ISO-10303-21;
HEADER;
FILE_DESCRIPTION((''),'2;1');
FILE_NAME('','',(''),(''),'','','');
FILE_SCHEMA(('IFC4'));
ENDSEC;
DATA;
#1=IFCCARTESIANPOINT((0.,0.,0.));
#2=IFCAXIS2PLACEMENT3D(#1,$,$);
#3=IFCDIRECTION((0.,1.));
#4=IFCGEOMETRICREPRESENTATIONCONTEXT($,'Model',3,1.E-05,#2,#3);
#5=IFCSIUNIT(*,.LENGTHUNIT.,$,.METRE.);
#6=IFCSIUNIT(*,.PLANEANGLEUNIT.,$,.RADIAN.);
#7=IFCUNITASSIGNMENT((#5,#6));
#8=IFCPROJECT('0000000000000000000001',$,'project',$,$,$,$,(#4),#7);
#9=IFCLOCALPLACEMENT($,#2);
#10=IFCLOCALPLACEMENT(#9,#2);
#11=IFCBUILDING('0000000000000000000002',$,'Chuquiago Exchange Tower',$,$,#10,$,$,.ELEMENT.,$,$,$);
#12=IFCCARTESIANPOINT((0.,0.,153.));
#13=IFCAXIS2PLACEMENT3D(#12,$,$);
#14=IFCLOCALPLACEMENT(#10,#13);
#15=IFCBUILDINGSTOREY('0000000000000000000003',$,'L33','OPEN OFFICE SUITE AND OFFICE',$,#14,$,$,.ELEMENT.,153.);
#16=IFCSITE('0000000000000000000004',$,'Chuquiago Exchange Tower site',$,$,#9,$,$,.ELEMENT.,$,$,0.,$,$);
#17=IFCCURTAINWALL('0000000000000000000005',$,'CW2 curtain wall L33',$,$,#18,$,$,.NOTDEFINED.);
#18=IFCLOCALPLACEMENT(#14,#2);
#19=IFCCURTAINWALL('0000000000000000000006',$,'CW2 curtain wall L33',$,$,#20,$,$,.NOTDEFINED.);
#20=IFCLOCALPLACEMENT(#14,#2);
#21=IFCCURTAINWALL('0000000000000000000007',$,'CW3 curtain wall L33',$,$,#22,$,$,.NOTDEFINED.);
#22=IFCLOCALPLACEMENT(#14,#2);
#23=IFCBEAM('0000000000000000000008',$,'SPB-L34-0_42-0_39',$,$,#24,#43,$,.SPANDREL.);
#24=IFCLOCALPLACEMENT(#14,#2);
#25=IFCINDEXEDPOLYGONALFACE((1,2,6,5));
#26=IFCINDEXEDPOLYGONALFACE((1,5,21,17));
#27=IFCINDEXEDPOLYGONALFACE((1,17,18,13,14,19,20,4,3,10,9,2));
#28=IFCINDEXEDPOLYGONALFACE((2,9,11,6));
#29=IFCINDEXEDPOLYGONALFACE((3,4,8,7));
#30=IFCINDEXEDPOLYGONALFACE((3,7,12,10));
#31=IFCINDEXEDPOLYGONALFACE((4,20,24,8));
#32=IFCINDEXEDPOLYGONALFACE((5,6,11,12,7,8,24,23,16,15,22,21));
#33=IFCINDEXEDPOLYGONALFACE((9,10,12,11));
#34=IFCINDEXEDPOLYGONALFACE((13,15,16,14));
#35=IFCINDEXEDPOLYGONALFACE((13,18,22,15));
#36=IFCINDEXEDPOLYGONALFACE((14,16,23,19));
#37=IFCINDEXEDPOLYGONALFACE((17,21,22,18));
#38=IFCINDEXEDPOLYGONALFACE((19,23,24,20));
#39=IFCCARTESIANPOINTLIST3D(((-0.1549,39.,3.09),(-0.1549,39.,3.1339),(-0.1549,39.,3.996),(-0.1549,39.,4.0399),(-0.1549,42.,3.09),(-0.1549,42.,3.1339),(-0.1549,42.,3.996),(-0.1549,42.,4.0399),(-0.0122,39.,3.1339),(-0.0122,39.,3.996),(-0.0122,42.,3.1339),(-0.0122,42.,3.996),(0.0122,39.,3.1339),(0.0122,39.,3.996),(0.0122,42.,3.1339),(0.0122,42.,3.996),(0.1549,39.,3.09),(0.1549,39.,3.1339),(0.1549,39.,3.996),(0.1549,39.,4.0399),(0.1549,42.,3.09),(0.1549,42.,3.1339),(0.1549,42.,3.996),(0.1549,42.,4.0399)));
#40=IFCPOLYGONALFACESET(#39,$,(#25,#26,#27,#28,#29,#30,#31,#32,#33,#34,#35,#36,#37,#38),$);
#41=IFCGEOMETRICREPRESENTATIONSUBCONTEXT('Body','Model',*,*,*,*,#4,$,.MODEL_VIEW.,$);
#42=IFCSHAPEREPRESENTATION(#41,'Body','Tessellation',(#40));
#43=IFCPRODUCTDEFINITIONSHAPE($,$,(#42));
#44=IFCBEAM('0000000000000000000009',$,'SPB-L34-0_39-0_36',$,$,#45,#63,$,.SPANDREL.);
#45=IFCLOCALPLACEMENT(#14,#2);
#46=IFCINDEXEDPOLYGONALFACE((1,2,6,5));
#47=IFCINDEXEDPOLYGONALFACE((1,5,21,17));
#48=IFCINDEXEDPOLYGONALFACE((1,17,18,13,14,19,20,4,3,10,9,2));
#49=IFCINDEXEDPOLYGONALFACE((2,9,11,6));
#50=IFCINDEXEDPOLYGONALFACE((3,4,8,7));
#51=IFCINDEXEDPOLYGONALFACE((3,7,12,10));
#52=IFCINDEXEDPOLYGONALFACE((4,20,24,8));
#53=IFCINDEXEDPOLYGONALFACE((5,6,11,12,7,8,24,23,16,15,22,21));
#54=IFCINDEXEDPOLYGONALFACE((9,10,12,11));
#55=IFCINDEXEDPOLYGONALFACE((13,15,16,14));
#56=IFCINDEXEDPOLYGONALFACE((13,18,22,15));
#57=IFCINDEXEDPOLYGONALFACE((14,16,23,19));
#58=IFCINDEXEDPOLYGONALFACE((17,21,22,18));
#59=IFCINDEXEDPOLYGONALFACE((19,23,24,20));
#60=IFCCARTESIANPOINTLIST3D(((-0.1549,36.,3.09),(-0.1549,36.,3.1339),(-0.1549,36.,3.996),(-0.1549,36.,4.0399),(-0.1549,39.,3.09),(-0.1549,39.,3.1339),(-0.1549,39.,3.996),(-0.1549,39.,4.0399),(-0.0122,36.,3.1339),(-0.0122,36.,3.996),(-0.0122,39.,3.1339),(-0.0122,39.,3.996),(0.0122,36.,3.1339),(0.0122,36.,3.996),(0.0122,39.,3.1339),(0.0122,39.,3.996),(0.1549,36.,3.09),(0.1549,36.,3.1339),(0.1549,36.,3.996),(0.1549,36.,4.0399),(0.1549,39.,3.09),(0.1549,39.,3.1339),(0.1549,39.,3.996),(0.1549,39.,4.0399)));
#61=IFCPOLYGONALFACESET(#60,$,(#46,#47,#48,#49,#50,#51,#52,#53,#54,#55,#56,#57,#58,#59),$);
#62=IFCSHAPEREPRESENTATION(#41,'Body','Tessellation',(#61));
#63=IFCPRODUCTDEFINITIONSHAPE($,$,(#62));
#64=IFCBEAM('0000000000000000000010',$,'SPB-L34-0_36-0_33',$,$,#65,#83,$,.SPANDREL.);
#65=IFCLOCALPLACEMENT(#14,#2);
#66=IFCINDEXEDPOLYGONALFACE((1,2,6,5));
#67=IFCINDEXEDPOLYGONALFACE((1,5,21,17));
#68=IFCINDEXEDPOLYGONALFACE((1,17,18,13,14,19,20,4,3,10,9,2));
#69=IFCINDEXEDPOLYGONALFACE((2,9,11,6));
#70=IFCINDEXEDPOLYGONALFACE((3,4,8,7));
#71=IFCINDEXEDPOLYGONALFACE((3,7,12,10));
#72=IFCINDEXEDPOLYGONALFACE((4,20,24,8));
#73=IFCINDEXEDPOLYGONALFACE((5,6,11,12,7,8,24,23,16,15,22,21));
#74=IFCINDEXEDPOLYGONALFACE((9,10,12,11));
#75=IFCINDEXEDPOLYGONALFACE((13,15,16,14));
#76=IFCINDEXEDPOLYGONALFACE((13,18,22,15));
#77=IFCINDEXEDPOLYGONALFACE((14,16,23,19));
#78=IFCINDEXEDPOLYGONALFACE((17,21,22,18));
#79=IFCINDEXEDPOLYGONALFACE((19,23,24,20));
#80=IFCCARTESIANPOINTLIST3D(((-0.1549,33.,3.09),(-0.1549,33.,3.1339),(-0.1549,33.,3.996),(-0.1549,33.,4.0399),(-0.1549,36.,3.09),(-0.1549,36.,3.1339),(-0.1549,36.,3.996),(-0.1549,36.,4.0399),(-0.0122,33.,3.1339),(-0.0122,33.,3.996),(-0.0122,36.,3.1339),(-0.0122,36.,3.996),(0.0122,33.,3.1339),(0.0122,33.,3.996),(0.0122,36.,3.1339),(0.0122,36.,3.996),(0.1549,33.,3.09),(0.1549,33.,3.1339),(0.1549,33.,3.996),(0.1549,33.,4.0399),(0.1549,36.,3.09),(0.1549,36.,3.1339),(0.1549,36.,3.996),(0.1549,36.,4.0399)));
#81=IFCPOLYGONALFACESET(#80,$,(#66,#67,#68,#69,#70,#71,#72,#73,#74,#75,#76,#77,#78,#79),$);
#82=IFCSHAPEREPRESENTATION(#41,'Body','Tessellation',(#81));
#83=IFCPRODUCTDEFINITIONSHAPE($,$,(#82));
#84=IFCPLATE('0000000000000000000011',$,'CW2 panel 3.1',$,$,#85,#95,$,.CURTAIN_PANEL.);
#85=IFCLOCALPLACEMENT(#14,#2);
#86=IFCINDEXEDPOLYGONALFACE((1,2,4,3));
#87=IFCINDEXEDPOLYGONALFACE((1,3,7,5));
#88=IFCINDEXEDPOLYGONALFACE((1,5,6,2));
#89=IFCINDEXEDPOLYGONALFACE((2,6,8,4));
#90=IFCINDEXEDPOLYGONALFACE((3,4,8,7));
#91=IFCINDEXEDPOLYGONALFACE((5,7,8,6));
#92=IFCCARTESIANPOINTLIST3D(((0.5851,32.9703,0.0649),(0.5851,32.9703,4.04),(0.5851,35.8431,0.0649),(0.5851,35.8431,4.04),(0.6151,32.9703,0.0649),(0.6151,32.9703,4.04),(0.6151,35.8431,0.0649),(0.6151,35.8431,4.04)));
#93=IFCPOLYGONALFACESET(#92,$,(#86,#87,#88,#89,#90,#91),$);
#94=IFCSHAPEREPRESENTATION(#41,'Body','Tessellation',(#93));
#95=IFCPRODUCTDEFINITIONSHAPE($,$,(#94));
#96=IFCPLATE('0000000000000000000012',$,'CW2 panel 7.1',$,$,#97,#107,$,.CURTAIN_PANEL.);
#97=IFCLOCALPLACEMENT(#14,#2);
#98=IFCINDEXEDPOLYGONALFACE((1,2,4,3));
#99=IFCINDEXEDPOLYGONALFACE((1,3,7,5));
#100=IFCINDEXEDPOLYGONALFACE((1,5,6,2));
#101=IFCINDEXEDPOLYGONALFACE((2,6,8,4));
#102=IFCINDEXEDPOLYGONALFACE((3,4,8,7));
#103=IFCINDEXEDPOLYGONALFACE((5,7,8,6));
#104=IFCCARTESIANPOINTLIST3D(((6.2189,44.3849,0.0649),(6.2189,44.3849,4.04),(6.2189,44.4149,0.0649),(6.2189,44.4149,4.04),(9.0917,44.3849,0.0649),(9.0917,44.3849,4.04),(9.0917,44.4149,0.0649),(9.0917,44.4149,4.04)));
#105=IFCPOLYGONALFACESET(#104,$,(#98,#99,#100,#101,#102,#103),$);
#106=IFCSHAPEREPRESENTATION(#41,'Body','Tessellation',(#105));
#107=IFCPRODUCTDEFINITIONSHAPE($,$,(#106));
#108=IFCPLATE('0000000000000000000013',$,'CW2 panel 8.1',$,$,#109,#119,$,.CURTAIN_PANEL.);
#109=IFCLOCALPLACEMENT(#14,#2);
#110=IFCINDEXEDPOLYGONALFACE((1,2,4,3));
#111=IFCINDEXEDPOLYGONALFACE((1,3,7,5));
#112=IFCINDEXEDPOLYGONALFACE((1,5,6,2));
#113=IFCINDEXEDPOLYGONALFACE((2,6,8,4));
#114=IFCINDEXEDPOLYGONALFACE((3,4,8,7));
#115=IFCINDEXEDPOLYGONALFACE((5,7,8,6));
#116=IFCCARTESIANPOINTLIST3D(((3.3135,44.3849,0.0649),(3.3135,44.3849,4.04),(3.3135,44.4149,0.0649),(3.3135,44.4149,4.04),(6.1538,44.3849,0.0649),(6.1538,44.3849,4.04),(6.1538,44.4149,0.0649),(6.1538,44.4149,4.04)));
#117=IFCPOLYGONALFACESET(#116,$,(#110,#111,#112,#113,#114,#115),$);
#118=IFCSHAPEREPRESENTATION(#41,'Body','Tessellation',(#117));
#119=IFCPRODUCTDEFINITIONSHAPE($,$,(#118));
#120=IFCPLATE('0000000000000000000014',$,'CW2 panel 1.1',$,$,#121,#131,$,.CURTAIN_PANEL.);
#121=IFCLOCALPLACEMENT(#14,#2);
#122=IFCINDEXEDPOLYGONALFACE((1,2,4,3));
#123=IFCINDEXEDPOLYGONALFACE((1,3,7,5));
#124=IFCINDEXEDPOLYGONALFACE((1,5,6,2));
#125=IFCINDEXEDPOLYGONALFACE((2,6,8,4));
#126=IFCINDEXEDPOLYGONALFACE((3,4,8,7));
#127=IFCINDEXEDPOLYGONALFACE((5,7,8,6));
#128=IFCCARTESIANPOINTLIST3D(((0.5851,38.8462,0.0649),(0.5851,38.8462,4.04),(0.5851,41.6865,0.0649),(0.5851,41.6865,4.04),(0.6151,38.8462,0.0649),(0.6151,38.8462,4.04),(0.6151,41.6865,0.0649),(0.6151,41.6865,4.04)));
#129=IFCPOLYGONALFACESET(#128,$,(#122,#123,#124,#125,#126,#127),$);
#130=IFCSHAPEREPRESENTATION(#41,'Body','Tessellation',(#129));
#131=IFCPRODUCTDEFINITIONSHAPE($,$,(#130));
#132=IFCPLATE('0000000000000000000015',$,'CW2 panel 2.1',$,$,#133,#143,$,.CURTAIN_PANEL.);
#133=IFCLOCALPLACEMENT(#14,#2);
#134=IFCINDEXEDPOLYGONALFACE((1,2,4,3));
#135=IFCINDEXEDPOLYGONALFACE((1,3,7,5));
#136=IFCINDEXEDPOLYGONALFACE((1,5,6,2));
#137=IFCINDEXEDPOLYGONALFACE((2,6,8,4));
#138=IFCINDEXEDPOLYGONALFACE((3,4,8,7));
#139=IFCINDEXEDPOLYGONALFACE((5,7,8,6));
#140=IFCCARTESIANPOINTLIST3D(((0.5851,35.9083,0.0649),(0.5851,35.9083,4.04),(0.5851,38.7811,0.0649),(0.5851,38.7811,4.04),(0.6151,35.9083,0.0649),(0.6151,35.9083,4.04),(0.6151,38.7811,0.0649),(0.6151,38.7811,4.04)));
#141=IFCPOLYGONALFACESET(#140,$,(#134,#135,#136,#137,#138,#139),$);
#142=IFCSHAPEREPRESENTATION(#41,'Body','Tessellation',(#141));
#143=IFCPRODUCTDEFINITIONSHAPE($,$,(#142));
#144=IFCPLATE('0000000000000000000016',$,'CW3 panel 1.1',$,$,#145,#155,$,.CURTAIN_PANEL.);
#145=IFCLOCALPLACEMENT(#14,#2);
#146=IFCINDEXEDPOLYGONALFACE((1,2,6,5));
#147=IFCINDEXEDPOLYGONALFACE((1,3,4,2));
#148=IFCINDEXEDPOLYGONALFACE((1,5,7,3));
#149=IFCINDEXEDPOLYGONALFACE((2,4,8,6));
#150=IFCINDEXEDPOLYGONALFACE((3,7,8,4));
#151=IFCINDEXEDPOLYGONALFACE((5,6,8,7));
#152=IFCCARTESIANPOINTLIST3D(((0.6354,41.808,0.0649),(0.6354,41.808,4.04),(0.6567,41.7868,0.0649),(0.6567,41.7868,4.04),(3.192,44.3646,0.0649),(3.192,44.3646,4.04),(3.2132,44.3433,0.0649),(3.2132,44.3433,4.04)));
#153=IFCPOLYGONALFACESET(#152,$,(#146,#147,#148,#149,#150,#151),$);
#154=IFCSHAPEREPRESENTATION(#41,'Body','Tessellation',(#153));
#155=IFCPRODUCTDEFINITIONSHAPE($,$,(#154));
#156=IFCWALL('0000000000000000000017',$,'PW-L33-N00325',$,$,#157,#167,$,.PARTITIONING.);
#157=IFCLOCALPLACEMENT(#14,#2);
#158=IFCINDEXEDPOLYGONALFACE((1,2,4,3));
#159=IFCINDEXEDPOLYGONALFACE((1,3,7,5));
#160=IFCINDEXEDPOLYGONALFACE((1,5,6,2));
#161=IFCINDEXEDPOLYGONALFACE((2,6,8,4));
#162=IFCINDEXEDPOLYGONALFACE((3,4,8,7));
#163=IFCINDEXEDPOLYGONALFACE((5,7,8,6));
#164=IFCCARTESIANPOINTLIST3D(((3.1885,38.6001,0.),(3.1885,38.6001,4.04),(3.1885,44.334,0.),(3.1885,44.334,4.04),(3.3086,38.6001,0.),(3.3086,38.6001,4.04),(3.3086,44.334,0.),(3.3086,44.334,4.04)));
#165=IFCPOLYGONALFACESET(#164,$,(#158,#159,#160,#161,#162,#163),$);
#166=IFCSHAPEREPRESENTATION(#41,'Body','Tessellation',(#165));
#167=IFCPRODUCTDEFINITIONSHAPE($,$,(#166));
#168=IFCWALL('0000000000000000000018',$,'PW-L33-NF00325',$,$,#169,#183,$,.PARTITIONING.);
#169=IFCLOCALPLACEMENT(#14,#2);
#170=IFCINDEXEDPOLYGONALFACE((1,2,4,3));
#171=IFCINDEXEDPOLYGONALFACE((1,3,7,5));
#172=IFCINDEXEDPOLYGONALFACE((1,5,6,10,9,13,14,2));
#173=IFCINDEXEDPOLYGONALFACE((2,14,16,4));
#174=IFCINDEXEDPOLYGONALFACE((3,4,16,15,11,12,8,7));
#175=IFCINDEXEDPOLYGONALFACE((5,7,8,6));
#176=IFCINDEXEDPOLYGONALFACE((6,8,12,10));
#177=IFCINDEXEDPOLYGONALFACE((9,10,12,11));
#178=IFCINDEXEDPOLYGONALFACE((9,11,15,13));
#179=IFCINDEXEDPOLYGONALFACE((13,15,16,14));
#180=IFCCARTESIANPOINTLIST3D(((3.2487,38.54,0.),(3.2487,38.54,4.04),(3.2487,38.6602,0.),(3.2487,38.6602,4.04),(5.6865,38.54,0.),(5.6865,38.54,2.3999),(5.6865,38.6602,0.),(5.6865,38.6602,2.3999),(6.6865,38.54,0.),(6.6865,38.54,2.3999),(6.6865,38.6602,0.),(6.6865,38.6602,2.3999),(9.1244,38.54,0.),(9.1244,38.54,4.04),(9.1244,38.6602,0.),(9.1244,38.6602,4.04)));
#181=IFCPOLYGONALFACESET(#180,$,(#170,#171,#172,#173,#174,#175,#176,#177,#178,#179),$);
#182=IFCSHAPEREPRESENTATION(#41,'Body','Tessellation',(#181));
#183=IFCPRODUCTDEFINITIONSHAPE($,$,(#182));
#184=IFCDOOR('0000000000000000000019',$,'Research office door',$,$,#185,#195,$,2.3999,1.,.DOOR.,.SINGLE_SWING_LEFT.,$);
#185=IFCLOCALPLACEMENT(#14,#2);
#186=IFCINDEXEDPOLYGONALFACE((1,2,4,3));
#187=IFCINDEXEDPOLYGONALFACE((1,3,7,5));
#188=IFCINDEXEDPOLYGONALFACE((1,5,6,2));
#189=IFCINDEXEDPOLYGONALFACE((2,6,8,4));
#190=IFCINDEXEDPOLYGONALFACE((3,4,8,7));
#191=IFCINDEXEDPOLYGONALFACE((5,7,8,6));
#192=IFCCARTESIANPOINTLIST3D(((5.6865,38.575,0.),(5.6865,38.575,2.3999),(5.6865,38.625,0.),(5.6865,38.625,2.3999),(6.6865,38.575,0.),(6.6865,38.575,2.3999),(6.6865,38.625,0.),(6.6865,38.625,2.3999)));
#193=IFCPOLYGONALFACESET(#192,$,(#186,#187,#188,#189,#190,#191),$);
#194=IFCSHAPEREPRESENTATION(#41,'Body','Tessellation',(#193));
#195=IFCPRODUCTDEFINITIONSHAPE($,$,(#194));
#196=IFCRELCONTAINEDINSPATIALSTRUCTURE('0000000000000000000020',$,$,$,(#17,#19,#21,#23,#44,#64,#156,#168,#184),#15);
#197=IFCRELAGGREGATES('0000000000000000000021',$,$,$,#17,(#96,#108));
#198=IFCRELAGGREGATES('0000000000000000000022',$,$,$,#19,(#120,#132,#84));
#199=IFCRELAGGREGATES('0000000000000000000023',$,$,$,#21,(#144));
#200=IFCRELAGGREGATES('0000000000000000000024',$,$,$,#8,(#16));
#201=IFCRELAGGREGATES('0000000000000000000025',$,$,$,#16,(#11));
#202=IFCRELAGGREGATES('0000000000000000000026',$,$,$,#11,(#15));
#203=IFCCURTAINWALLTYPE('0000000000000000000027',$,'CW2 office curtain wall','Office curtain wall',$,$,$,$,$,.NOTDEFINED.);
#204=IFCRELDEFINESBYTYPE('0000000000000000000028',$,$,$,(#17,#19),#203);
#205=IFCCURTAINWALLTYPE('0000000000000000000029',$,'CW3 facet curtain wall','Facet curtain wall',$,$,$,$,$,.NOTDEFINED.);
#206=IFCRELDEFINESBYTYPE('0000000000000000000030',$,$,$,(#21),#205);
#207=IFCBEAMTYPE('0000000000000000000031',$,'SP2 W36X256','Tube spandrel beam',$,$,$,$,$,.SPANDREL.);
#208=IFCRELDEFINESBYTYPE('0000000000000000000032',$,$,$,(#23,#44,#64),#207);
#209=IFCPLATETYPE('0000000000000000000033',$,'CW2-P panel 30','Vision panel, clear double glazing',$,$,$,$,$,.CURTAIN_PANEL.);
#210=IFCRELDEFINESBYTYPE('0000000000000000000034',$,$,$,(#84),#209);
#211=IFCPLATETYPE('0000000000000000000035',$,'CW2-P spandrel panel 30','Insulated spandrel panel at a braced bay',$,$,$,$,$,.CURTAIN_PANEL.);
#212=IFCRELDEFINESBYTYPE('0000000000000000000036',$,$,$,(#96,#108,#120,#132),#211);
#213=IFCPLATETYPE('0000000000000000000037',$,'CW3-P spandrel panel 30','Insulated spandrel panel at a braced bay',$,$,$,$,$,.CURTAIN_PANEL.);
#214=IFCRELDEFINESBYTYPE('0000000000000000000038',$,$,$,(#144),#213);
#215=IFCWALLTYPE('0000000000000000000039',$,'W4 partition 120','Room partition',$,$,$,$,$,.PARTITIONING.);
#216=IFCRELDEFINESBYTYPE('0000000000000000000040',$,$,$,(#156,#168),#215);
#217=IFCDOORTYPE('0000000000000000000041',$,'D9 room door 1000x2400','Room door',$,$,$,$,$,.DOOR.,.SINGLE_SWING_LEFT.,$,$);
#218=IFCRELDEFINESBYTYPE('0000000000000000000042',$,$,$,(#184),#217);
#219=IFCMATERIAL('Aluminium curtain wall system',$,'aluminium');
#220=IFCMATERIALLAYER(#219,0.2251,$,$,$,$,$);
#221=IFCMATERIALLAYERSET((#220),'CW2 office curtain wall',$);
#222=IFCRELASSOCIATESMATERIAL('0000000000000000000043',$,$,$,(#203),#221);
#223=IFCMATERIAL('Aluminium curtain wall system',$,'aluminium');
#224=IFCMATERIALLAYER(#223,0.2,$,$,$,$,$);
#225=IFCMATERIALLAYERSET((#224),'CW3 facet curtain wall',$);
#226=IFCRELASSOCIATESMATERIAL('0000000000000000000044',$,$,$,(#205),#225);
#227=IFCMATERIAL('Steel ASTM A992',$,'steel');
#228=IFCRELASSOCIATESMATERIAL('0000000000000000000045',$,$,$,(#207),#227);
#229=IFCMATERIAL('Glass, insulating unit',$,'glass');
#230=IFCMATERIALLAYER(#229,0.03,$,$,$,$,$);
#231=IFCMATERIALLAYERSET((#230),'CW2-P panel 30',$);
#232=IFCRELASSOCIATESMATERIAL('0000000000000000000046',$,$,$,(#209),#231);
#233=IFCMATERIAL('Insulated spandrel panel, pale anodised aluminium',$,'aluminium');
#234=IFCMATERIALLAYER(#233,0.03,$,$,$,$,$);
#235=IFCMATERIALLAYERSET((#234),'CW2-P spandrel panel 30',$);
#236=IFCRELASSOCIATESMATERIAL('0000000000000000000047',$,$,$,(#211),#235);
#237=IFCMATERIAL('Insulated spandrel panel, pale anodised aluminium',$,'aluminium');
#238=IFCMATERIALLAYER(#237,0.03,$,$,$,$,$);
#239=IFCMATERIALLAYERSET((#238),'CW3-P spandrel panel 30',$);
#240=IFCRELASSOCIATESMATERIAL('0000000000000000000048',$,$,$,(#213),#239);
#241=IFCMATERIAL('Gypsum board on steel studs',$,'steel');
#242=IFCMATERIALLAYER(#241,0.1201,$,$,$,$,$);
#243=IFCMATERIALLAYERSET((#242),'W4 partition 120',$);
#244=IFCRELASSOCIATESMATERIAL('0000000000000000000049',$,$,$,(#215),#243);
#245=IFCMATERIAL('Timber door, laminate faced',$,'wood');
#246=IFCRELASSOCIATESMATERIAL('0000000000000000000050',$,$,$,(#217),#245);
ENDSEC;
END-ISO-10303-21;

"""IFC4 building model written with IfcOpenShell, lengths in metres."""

from ifc_helpers import new_model, si_unit, direction, frame, frame_2d, origin, origin_2d, place, context, subcontext, project, spatial, rectangle, i_section, extrude, material, layer, layer_set, material_profile, profile_set, type_object, element, fill, aggregate, save


model = new_model("IFC4")

# Units and contexts
model_context = context("Model", 3, precision=1e-05, world=origin(), true_north=direction((0.0, 1.0)))
body_context = subcontext(model_context, "Body", "Model", "MODEL_VIEW")
ifc_project = project(units=[si_unit("LENGTHUNIT", "METRE"), si_unit("PLANEANGLEUNIT", "RADIAN")], contexts=[model_context])

# Site, building, storey
site_placement = place(None, origin())
site = spatial("IfcSite", under=ifc_project, at=site_placement, Name="Chuquiago Exchange Tower site", CompositionType="ELEMENT", RefElevation=0.0)
building_placement = place(site_placement, origin())
building = spatial("IfcBuilding", under=site, at=building_placement, Name="Chuquiago Exchange Tower", CompositionType="ELEMENT")
storey_placement = place(building_placement, frame((0.0, 0.0, 153.0)))
storey = spatial("IfcBuildingStorey", under=building, at=storey_placement, Name="L33", Description="OPEN OFFICE SUITE AND OFFICE", CompositionType="ELEMENT", Elevation=153.0)

# Curtain walls
ifc_material_1 = material(Name="Aluminium curtain wall system", Category="aluminium")
ifc_layer_1 = layer(ifc_material_1, 0.2251)
ifc_layer_set_1 = layer_set([ifc_layer_1], Name="CW2 office curtain wall")
curtain_wall_type_1 = type_object("IfcCurtainWallType", Name="CW2 office curtain wall", Description="Office curtain wall", PredefinedType="NOTDEFINED", material=ifc_layer_set_1)
curtain_wall_1_placement = place(storey_placement, origin())
curtain_wall_1 = element("IfcCurtainWall", 1, at=curtain_wall_1_placement, inside=storey, type_object=curtain_wall_type_1, Name="CW2 curtain wall L33", PredefinedType="NOTDEFINED")
curtain_wall_2_placement = place(storey_placement, origin())
curtain_wall_2 = element("IfcCurtainWall", 2, at=curtain_wall_2_placement, inside=storey, type_object=curtain_wall_type_1, Name="CW2 curtain wall L33", PredefinedType="NOTDEFINED")

# Curtain wall
ifc_material_2 = material(Name="Aluminium curtain wall system", Category="aluminium")
ifc_layer_2 = layer(ifc_material_2, 0.2)
ifc_layer_set_2 = layer_set([ifc_layer_2], Name="CW3 facet curtain wall")
curtain_wall_type_2 = type_object("IfcCurtainWallType", Name="CW3 facet curtain wall", Description="Facet curtain wall", PredefinedType="NOTDEFINED", material=ifc_layer_set_2)
curtain_wall_3_placement = place(storey_placement, origin())
curtain_wall_3 = element("IfcCurtainWall", 3, at=curtain_wall_3_placement, inside=storey, type_object=curtain_wall_type_2, Name="CW3 curtain wall L33", PredefinedType="NOTDEFINED")

# Beams
ifc_material_3 = material(Name="Steel ASTM A992", Category="steel")
ifc_material_profile_1 = material_profile(ifc_material_3, i_section(OverallWidth=0.3098, OverallDepth=0.95, WebThickness=0.0244, FlangeThickness=0.0439, at=origin_2d()), Name="W36X256")
ifc_profile_set_1 = profile_set([ifc_material_profile_1], Name="Steel ASTM A992")
beam_type = type_object("IfcBeamType", Name="SP2 W36X256", Description="Tube spandrel beam", PredefinedType="SPANDREL", material=ifc_profile_set_1)
for number, where, z_axis, x_axis, name in (
    (4, (0.0, 42.0, 3.5649), (0.0, -1.0, 0.0), (1.0, 0.0, 0.0), "SPB-L34-0_42-0_39"),
    (5, (0.0, 39.0, 3.5649), (0.0, -1.0, 0.0), (1.0, 0.0, 0.0), "SPB-L34-0_39-0_36"),
    (6, (0.0, 36.0, 3.5649), (0.0, -1.0, 0.0), (1.0, 0.0, 0.0), "SPB-L34-0_36-0_33"),
):
    element("IfcBeam", number, at=place(storey_placement, frame(where, z_axis=z_axis, x_axis=x_axis)), inside=storey, type_object=beam_type, Name=name, PredefinedType="SPANDREL", context=body_context, shape_type="SweptSolid", body=[
        extrude(i_section(OverallWidth=0.3098, OverallDepth=0.95, WebThickness=0.0244, FlangeThickness=0.0439, at=origin_2d()), origin(), (0.0, 0.0, 1.0), 3.0),
    ])

# Plates
ifc_material_4 = material(Name="Glass, insulating unit", Category="glass")
ifc_layer_3 = layer(ifc_material_4, 0.03)
ifc_layer_set_3 = layer_set([ifc_layer_3], Name="CW2-P panel 30")
plate_type_1 = type_object("IfcPlateType", Name="CW2-P panel 30", Description="Vision panel, clear double glazing", PredefinedType="CURTAIN_PANEL", material=ifc_layer_set_3)
plate_1_placement = place(storey_placement, frame((0.6001, 34.4067, 0.0649), z_axis=(0.0, 0.0, 1.0), x_axis=(0.0, -1.0, 0.0)))
plate_1 = element("IfcPlate", 7, at=plate_1_placement, type_object=plate_type_1, Name="CW2 panel 3.1", PredefinedType="CURTAIN_PANEL", context=body_context, shape_type="SweptSolid", body=[
    extrude(rectangle(XDim=2.8728, YDim=0.03, at=origin_2d()), origin(), (0.0, 0.0, 1.0), 3.9751),
])
ifc_material_5 = material(Name="Insulated spandrel panel, pale anodised aluminium", Category="aluminium")
ifc_layer_4 = layer(ifc_material_5, 0.03)
ifc_layer_set_4 = layer_set([ifc_layer_4], Name="CW2-P spandrel panel 30")
plate_type_2 = type_object("IfcPlateType", Name="CW2-P spandrel panel 30", Description="Insulated spandrel panel at a braced bay", PredefinedType="CURTAIN_PANEL", material=ifc_layer_set_4)
plate_2_placement = place(storey_placement, frame((7.6553, 44.3999, 0.0649), z_axis=(0.0, 0.0, 1.0), x_axis=(-1.0, 0.0, 0.0)))
plate_2 = element("IfcPlate", 8, at=plate_2_placement, type_object=plate_type_2, Name="CW2 panel 7.1", PredefinedType="CURTAIN_PANEL", context=body_context, shape_type="SweptSolid", body=[
    extrude(rectangle(XDim=2.8728, YDim=0.03, at=origin_2d()), origin(), (0.0, 0.0, 1.0), 3.9751),
])
plate_3_placement = place(storey_placement, frame((4.7336, 44.3999, 0.0649), z_axis=(0.0, 0.0, 1.0), x_axis=(-1.0, 0.0, 0.0)))
plate_3 = element("IfcPlate", 9, at=plate_3_placement, type_object=plate_type_2, Name="CW2 panel 8.1", PredefinedType="CURTAIN_PANEL", context=body_context, shape_type="SweptSolid", body=[
    extrude(rectangle(XDim=2.8403, YDim=0.03, at=origin_2d()), origin(), (0.0, 0.0, 1.0), 3.9751),
])
aggregate(curtain_wall_1, [plate_2, plate_3])
plate_4_placement = place(storey_placement, frame((0.6001, 40.2664, 0.0649), z_axis=(0.0, 0.0, 1.0), x_axis=(0.0, -1.0, 0.0)))
plate_4 = element("IfcPlate", 10, at=plate_4_placement, type_object=plate_type_2, Name="CW2 panel 1.1", PredefinedType="CURTAIN_PANEL", context=body_context, shape_type="SweptSolid", body=[
    extrude(rectangle(XDim=2.8403, YDim=0.03, at=origin_2d()), origin(), (0.0, 0.0, 1.0), 3.9751),
])
plate_5_placement = place(storey_placement, frame((0.6001, 37.3447, 0.0649), z_axis=(0.0, 0.0, 1.0), x_axis=(0.0, -1.0, 0.0)))
plate_5 = element("IfcPlate", 11, at=plate_5_placement, type_object=plate_type_2, Name="CW2 panel 2.1", PredefinedType="CURTAIN_PANEL", context=body_context, shape_type="SweptSolid", body=[
    extrude(rectangle(XDim=2.8728, YDim=0.03, at=origin_2d()), origin(), (0.0, 0.0, 1.0), 3.9751),
])
aggregate(curtain_wall_2, [plate_4, plate_5, plate_1])
ifc_material_6 = material(Name="Insulated spandrel panel, pale anodised aluminium", Category="aluminium")
ifc_layer_5 = layer(ifc_material_6, 0.03)
ifc_layer_set_5 = layer_set([ifc_layer_5], Name="CW3-P spandrel panel 30")
plate_type_3 = type_object("IfcPlateType", Name="CW3-P spandrel panel 30", Description="Insulated spandrel panel at a braced bay", PredefinedType="CURTAIN_PANEL", material=ifc_layer_set_5)
plate_6_placement = place(storey_placement, frame((1.9243, 43.0757, 0.0649), z_axis=(0.0, 0.0, 1.0), x_axis=(-0.707107, -0.707107, 0.0)))
plate_6 = element("IfcPlate", 12, at=plate_6_placement, type_object=plate_type_3, Name="CW3 panel 1.1", PredefinedType="CURTAIN_PANEL", context=body_context, shape_type="SweptSolid", body=[
    extrude(rectangle(XDim=3.6155, YDim=0.03, at=origin_2d()), origin(), (0.0, 0.0, 1.0), 3.9751),
])
aggregate(curtain_wall_3, [plate_6])

# Wall
ifc_material_7 = material(Name="Gypsum board on steel studs", Category="steel")
ifc_layer_6 = layer(ifc_material_7, 0.1201)
ifc_layer_set_6 = layer_set([ifc_layer_6], Name="W4 partition 120")
wall_type = type_object("IfcWallType", Name="W4 partition 120", Description="Room partition", PredefinedType="PARTITIONING", material=ifc_layer_set_6)
wall_1_placement = place(storey_placement, frame((3.2485, 44.334, 0.0), z_axis=(0.0, 0.0, 1.0), x_axis=(0.0, -1.0, 0.0)))
element("IfcWall", 13, at=wall_1_placement, inside=storey, type_object=wall_type, Name="PW-L33-N00325", PredefinedType="PARTITIONING", context=body_context, shape_type="SweptSolid", body=[
    extrude(rectangle(XDim=5.7339, YDim=0.1201, at=frame_2d((2.8669, 0.0))), origin(), (0.0, 0.0, 1.0), 4.04),
])

# Wall, opening, door
wall_2_placement = place(storey_placement, frame((3.2485, 38.6001, 0.0), z_axis=(0.0, 0.0, 1.0), x_axis=(1.0, 0.0, 0.0)))
wall_2 = element("IfcWall", 14, at=wall_2_placement, inside=storey, type_object=wall_type, Name="PW-L33-NF00325", PredefinedType="PARTITIONING", context=body_context, shape_type="SweptSolid", body=[
    extrude(rectangle(XDim=5.8757, YDim=0.1201, at=frame_2d((2.938, 0.0))), origin(), (0.0, 0.0, 1.0), 4.04),
])
opening_placement = place(wall_2_placement, frame((2.438, 0.0, 0.0)))
opening = element("IfcOpeningElement", 15, at=opening_placement, cuts=wall_2, PredefinedType="OPENING", context=body_context, shape_type="SweptSolid", body=[
    extrude(rectangle(XDim=1.0, YDim=2.3999, at=frame_2d((0.5, 1.2))), frame((0.0, 0.0701, 0.0), z_axis=(0.0, -1.0, 0.0), x_axis=(1.0, 0.0, 0.0)), (0.0, 0.0, 1.0), 0.1401),
])
ifc_material_8 = material(Name="Timber door, laminate faced", Category="wood")
door_type = type_object("IfcDoorType", Name="D9 room door 1000x2400", Description="Room door", OperationType="SINGLE_SWING_LEFT", PredefinedType="DOOR", material=ifc_material_8)
door_placement = place(opening_placement, origin())
door = element("IfcDoor", 16, at=door_placement, inside=storey, type_object=door_type, Name="Research office door", OperationType="SINGLE_SWING_LEFT", OverallHeight=2.3999, OverallWidth=1.0, PredefinedType="DOOR", context=body_context, shape_type="SweptSolid", body=[
    extrude(rectangle(XDim=1.0, YDim=2.3999, at=frame_2d((0.5, 1.2))), frame((0.0, 0.0249, 0.0), z_axis=(0.0, -1.0, 0.0), x_axis=(1.0, 0.0, 0.0)), (0.0, 0.0, 1.0), 0.05),
])
fill(opening, door)

save(model, "model.ifc")
